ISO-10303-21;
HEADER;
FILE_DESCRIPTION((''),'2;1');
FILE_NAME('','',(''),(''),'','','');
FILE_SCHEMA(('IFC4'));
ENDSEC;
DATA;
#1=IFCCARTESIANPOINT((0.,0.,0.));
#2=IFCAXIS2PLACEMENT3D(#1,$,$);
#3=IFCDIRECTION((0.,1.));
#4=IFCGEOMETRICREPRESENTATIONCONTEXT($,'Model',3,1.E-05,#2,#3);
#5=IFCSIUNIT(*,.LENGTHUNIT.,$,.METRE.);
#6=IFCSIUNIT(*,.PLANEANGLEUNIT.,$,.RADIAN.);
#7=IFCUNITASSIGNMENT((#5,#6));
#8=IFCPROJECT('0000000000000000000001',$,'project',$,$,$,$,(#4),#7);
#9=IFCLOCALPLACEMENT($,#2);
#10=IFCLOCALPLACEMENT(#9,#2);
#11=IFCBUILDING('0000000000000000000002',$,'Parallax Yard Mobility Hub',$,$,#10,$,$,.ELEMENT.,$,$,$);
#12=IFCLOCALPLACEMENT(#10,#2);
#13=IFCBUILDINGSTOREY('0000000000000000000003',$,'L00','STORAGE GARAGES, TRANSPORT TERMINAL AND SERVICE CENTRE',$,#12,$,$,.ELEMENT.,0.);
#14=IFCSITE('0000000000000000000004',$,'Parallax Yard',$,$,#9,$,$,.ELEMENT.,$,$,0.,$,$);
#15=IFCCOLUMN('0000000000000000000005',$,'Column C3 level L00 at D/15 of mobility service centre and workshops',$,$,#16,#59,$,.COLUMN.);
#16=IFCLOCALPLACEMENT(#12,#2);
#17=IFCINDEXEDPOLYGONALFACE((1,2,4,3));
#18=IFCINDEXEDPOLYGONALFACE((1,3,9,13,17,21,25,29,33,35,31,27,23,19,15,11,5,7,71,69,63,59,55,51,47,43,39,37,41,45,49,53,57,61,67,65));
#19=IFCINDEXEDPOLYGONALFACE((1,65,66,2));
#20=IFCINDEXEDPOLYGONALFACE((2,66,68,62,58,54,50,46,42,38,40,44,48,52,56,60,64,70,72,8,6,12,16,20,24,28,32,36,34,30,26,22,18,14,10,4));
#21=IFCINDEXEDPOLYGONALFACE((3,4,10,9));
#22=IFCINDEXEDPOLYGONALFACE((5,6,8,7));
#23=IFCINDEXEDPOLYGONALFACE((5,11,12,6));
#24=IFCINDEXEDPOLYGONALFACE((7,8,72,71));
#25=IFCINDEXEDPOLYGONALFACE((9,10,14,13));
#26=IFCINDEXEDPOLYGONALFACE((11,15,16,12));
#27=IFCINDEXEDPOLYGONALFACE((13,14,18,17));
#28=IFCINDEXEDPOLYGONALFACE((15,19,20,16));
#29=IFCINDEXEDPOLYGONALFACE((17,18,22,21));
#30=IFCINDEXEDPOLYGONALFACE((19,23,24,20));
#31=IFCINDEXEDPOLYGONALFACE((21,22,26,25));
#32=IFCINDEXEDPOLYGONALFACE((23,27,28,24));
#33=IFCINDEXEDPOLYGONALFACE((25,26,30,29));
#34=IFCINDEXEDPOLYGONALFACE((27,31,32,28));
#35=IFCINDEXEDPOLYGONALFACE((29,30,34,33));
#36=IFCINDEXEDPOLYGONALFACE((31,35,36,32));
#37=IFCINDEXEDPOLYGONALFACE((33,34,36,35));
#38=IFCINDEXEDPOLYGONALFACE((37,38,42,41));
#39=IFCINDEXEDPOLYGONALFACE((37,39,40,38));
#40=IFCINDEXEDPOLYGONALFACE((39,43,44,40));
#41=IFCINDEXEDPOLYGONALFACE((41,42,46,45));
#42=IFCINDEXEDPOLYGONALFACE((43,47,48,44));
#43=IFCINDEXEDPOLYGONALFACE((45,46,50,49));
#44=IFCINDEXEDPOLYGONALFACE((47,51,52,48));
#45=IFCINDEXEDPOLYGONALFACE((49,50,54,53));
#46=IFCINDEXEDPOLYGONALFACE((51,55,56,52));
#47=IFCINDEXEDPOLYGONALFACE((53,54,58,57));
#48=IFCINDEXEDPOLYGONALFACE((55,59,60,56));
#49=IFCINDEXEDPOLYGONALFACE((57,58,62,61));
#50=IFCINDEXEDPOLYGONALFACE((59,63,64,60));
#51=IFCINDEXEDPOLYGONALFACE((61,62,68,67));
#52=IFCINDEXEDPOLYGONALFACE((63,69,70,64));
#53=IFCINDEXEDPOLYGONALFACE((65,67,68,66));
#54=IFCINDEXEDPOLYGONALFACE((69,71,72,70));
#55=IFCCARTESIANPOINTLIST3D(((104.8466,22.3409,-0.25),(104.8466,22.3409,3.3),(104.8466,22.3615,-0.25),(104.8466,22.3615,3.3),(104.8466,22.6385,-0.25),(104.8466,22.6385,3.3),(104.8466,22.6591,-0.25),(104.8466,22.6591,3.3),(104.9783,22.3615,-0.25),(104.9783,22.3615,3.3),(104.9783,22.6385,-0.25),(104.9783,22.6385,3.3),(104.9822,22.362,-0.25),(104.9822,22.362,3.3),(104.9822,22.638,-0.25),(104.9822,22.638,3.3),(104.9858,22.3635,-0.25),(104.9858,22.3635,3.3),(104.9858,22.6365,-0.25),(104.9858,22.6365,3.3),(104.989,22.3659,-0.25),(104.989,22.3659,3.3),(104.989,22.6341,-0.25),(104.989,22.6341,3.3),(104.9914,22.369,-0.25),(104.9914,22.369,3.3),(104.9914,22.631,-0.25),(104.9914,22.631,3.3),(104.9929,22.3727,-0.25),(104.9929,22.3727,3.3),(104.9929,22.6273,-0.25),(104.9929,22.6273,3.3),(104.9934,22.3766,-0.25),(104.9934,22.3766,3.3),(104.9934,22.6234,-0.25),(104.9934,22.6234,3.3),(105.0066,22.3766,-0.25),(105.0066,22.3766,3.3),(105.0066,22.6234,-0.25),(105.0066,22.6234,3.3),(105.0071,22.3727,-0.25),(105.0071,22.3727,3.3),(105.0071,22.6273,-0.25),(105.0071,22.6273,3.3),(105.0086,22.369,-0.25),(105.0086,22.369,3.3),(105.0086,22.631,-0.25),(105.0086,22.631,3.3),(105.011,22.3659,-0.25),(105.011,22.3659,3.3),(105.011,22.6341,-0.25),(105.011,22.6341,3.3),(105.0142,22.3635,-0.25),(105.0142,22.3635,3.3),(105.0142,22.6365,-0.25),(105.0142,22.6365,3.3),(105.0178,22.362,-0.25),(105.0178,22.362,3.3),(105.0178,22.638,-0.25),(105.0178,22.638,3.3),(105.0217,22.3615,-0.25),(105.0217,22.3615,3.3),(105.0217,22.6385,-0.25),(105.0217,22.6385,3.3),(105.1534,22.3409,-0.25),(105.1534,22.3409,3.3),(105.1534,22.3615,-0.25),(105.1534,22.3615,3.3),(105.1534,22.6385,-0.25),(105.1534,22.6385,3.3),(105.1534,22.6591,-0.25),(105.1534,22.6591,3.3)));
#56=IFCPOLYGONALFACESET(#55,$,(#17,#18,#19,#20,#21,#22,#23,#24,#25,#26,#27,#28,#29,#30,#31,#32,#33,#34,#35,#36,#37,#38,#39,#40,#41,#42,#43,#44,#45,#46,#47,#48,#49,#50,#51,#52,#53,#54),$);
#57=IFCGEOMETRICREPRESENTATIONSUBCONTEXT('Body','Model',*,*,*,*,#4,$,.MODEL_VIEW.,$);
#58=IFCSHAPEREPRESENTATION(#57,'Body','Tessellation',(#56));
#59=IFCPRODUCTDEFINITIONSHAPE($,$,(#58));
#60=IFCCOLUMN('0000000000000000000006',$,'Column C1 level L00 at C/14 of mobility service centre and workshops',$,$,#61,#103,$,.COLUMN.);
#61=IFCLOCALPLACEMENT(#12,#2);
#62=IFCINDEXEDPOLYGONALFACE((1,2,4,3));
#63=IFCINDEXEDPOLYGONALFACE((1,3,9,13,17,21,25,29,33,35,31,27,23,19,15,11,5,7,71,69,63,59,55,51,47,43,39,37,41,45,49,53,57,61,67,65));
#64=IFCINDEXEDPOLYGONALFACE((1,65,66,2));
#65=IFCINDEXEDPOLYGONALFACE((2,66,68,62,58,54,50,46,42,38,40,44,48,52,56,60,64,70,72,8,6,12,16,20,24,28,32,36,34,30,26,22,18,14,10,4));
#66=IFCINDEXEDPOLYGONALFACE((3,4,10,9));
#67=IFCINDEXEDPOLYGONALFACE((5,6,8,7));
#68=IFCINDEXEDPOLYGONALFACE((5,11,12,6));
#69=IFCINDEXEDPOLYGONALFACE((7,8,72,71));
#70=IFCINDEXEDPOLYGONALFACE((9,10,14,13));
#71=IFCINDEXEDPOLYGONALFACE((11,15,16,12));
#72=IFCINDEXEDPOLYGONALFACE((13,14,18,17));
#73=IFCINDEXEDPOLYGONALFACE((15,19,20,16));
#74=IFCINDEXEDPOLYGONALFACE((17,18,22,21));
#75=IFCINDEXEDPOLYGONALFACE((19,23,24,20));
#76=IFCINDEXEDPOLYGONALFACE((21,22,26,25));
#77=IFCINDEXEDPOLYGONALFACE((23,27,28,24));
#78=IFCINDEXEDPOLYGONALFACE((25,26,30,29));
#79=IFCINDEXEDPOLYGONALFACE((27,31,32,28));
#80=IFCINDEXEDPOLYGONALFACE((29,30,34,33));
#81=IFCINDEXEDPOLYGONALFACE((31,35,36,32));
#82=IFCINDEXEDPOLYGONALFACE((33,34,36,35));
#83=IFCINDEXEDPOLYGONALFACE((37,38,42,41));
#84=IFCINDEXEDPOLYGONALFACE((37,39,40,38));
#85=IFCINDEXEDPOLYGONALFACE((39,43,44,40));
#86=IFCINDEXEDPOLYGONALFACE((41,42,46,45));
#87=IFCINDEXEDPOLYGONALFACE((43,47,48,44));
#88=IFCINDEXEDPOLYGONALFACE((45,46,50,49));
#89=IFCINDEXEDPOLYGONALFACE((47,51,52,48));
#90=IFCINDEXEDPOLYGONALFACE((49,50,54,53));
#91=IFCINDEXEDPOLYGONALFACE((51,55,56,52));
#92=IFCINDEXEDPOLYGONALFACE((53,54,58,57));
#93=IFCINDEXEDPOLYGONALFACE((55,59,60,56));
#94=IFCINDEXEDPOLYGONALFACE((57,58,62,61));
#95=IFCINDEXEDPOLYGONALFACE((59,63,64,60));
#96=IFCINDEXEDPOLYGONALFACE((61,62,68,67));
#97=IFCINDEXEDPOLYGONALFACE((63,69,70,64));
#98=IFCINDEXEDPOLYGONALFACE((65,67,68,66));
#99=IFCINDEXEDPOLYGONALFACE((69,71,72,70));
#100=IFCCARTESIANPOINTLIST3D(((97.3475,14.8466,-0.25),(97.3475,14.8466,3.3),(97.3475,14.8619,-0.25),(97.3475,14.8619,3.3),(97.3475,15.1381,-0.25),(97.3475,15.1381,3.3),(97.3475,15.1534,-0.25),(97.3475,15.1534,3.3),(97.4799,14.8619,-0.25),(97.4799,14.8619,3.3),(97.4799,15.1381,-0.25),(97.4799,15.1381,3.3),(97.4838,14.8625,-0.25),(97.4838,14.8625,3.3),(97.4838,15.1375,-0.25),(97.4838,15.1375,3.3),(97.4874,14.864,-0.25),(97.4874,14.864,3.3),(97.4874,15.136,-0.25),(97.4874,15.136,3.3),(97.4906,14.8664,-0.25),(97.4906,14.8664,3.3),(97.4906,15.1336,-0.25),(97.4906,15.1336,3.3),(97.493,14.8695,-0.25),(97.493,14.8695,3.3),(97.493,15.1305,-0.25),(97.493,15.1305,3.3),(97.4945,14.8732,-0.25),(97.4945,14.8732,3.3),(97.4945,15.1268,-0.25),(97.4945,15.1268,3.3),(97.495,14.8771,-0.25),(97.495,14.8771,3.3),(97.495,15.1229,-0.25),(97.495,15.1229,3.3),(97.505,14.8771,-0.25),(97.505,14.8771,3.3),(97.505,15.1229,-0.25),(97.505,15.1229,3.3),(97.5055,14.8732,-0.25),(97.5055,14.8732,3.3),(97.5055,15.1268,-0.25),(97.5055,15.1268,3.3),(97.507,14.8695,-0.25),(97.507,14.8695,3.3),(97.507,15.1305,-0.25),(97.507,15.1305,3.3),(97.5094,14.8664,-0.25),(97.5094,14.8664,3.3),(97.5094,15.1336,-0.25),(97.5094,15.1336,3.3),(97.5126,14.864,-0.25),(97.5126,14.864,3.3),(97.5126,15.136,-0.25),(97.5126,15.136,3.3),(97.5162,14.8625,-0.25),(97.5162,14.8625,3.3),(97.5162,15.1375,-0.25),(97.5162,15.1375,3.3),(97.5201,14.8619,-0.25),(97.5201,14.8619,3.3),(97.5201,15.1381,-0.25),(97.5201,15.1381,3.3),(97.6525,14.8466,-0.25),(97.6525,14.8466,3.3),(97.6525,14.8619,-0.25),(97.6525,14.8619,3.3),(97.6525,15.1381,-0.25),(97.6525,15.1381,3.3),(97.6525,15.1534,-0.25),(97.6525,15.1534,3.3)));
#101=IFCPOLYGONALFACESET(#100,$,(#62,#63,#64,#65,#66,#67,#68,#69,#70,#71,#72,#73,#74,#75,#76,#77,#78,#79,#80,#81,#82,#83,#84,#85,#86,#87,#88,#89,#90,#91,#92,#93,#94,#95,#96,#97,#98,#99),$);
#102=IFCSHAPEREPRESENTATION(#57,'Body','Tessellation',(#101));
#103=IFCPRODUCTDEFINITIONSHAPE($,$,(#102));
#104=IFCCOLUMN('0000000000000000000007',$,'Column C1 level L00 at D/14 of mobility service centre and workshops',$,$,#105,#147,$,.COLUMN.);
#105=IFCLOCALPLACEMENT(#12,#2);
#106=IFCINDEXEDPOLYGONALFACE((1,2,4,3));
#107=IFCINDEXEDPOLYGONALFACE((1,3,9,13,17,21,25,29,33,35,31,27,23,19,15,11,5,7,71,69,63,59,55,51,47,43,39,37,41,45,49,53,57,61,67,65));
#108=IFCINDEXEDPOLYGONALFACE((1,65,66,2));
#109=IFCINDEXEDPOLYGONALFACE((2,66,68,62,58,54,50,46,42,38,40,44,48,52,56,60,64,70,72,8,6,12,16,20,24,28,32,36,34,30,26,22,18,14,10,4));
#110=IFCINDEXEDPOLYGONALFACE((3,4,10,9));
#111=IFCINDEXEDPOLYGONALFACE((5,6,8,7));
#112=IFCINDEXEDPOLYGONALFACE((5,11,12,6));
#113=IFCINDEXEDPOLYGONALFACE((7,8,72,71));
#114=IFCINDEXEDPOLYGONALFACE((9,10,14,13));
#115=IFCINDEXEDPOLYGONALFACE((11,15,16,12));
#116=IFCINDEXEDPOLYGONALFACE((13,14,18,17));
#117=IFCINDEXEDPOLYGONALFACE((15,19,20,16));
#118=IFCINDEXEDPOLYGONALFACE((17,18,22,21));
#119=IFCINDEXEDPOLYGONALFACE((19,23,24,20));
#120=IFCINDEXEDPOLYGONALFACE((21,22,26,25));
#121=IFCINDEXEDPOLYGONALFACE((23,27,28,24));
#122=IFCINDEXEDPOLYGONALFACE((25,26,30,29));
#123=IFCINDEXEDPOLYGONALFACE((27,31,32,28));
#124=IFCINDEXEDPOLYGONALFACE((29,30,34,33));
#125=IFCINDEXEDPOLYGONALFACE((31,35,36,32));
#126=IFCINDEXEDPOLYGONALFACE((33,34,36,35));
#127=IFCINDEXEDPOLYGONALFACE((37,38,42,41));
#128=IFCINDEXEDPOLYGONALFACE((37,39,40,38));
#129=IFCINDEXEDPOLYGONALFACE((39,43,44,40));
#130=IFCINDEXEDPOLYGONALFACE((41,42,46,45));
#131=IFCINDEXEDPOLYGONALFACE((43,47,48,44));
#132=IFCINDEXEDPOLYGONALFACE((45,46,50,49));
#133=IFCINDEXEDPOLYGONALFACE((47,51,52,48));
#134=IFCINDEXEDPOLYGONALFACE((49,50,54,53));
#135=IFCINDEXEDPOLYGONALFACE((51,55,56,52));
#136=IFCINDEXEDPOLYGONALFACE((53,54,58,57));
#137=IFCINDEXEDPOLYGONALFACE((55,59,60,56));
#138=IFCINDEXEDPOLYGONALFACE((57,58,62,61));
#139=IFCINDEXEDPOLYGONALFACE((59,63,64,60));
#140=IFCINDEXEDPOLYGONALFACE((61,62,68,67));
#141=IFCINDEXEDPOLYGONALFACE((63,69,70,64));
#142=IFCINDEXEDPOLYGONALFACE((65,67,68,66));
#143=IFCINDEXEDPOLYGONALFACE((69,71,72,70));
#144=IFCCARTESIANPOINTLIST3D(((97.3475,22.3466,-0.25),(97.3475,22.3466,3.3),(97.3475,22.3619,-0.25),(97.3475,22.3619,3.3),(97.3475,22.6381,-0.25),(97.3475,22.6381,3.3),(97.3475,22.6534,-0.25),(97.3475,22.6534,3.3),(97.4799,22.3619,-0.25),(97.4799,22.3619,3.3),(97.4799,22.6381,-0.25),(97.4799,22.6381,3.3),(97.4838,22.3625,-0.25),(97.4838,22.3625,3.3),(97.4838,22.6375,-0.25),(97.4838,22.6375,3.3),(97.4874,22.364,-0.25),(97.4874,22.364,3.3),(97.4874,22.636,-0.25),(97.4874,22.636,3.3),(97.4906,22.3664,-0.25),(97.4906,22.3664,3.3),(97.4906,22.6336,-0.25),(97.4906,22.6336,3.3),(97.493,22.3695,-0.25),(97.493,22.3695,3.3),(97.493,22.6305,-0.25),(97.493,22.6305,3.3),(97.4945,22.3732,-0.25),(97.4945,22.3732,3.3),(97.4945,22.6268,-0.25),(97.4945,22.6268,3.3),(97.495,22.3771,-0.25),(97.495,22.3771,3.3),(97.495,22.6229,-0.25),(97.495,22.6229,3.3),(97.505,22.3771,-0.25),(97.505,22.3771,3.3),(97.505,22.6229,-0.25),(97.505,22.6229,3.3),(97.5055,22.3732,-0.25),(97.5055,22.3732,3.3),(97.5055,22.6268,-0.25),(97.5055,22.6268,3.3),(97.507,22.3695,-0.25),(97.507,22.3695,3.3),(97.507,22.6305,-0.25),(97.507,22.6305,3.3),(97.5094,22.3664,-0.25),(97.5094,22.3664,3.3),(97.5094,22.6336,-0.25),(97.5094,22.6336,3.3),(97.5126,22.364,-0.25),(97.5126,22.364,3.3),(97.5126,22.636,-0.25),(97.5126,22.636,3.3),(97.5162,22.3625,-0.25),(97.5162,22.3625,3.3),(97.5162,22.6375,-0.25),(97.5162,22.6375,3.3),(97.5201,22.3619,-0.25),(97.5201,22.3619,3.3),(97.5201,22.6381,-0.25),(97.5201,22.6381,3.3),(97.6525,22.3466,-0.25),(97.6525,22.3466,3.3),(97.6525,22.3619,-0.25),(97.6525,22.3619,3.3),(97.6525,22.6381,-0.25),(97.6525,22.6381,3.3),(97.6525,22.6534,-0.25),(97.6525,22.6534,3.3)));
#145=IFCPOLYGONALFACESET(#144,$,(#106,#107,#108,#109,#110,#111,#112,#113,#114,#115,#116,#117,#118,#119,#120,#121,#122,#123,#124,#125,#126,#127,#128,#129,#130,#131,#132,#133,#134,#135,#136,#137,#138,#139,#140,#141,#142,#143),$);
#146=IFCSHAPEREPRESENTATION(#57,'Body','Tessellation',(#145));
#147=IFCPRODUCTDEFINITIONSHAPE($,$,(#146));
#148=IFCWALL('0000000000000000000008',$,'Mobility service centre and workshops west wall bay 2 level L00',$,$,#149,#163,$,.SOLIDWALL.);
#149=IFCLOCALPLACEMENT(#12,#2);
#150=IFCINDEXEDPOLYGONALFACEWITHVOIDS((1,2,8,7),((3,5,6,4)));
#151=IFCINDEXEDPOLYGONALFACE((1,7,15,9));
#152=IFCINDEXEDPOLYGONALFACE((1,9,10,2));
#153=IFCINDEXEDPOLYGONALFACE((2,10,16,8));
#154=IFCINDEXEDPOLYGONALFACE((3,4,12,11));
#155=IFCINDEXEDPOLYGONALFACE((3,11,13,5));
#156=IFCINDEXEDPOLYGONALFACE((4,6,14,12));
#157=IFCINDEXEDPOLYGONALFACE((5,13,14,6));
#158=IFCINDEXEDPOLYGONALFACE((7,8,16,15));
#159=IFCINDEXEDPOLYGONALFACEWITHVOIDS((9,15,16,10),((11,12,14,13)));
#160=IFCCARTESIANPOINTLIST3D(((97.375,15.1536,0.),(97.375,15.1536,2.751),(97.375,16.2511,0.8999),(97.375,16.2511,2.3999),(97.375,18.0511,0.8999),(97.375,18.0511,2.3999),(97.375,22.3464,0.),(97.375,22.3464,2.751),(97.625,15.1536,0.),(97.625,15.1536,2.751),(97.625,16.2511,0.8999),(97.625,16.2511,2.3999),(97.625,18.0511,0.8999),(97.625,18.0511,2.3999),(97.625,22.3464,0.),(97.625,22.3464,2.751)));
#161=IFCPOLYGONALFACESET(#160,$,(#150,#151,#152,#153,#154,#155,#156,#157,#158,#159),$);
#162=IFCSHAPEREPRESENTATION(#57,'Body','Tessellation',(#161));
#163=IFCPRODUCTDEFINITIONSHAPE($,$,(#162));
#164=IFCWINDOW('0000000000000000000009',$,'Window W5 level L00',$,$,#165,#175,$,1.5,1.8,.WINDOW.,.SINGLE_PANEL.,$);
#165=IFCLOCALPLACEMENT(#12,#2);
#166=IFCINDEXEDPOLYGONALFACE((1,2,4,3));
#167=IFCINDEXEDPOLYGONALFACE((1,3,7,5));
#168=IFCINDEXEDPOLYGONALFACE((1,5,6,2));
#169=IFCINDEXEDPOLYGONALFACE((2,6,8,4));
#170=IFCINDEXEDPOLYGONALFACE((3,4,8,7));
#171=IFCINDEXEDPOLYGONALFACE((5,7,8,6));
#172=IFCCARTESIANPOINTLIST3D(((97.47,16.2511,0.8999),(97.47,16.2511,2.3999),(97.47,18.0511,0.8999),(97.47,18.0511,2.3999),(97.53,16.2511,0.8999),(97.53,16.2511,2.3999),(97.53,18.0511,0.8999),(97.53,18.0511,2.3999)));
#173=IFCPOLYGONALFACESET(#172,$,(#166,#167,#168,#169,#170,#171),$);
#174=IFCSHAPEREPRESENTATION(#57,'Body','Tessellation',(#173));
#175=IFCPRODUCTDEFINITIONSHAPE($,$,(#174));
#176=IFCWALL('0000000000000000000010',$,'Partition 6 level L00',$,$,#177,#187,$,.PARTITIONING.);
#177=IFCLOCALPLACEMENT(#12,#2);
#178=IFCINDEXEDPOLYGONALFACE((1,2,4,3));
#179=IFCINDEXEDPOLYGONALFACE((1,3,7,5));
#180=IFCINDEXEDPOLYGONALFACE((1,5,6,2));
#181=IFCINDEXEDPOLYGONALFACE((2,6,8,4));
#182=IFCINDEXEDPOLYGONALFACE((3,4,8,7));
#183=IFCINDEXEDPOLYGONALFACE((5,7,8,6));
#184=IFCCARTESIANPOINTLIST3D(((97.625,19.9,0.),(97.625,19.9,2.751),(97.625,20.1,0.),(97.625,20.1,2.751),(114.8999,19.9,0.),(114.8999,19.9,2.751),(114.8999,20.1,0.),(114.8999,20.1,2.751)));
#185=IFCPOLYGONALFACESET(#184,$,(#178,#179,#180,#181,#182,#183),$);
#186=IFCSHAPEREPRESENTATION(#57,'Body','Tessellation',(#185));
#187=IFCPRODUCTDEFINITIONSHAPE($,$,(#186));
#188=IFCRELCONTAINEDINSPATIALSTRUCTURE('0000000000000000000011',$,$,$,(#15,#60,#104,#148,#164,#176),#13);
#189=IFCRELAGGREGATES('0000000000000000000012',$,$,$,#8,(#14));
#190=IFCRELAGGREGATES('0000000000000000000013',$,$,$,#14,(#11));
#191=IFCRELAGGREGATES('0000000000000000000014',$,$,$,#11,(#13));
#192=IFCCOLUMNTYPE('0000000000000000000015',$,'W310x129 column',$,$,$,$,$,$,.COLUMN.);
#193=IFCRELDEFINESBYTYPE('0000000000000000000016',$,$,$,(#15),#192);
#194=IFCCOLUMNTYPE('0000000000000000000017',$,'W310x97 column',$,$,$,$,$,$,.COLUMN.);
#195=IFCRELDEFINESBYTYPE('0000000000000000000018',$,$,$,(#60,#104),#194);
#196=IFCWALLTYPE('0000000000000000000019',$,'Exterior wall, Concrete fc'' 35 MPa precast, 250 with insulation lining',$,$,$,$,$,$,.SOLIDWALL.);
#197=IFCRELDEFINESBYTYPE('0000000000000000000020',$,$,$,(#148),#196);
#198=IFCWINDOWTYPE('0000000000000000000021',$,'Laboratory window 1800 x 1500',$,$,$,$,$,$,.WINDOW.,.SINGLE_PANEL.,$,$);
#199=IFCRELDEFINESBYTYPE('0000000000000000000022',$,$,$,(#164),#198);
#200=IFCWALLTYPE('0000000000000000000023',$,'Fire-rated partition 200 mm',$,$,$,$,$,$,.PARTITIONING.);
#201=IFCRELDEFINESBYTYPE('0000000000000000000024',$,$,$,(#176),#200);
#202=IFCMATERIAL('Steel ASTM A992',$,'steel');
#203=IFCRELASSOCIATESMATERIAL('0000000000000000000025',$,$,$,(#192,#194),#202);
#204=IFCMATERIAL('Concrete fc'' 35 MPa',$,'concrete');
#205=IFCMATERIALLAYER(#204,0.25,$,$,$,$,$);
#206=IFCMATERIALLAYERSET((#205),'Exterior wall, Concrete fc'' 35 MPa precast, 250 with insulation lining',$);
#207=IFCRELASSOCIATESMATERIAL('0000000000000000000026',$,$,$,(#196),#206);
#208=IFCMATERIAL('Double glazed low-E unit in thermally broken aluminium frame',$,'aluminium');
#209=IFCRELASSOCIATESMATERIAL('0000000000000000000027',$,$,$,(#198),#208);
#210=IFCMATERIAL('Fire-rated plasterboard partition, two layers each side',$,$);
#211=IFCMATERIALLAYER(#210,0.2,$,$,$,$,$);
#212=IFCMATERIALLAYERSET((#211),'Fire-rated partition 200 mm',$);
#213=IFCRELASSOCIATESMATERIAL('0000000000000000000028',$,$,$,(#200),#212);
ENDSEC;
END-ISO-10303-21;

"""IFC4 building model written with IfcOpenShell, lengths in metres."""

from ifc_helpers import new_model, si_unit, direction, frame, frame_2d, origin, origin_2d, place, context, subcontext, project, spatial, rectangle, i_section, extrude, material, layer, layer_set, material_profile, profile_set, type_object, element, fill, save


model = new_model("IFC4")

# Units and contexts
model_context = context("Model", 3, precision=1e-05, world=origin(), true_north=direction((0.0, 1.0)))
body_context = subcontext(model_context, "Body", "Model", "MODEL_VIEW")
ifc_project = project(units=[si_unit("LENGTHUNIT", "METRE"), si_unit("PLANEANGLEUNIT", "RADIAN")], contexts=[model_context])

# Site, building, storey
site_placement = place(None, origin())
site = spatial("IfcSite", under=ifc_project, at=site_placement, Name="Parallax Yard", CompositionType="ELEMENT", RefElevation=0.0)
building_placement = place(site_placement, origin())
building = spatial("IfcBuilding", under=site, at=building_placement, Name="Parallax Yard Mobility Hub", CompositionType="ELEMENT")
storey_placement = place(building_placement, origin())
storey = spatial("IfcBuildingStorey", under=building, at=storey_placement, Name="L00", Description="STORAGE GARAGES, TRANSPORT TERMINAL AND SERVICE CENTRE", CompositionType="ELEMENT", Elevation=0.0)

# Columns
ifc_material_1 = material(Name="Steel ASTM A992", Category="steel")
ifc_material_profile_1 = material_profile(ifc_material_1, i_section(OverallWidth=0.3069, OverallDepth=0.3181, WebThickness=0.0132, FlangeThickness=0.0205, FilletRadius=0.0151, at=origin_2d()), Name="W310x129")
ifc_profile_set_1 = profile_set([ifc_material_profile_1], Name="Steel ASTM A992")
column_type_1 = type_object("IfcColumnType", Name="W310x129 column", PredefinedType="COLUMN", material=ifc_profile_set_1)
for number, where, z_axis, x_axis, name in (
    (1, (105.0, 22.5, -0.25), (0.0, 0.0, 1.0), (1.0, 0.0, 0.0), "Column C3 level L00 at D/15 of mobility service centre and workshops"),
):
    element("IfcColumn", number, at=place(storey_placement, frame(where, z_axis=z_axis, x_axis=x_axis)), inside=storey, type_object=column_type_1, Name=name, PredefinedType="COLUMN", context=body_context, shape_type="SweptSolid", body=[
        extrude(i_section(OverallWidth=0.3069, OverallDepth=0.3181, WebThickness=0.0132, FlangeThickness=0.0205, FilletRadius=0.0151, at=origin_2d()), origin(), (0.0, 0.0, 1.0), 3.55),
    ])
ifc_material_profile_2 = material_profile(ifc_material_1, i_section(OverallWidth=0.3049, OverallDepth=0.3069, WebThickness=0.01, FlangeThickness=0.0154, FilletRadius=0.0151, at=origin_2d()), Name="W310x97")
ifc_profile_set_2 = profile_set([ifc_material_profile_2], Name="Steel ASTM A992")
column_type_2 = type_object("IfcColumnType", Name="W310x97 column", PredefinedType="COLUMN", material=ifc_profile_set_2)
for number, where, z_axis, x_axis, name in (
    (2, (97.5, 15.0, -0.25), (0.0, 0.0, 1.0), (1.0, 0.0, 0.0), "Column C1 level L00 at C/14 of mobility service centre and workshops"),
    (3, (97.5, 22.5, -0.25), (0.0, 0.0, 1.0), (1.0, 0.0, 0.0), "Column C1 level L00 at D/14 of mobility service centre and workshops"),
):
    element("IfcColumn", number, at=place(storey_placement, frame(where, z_axis=z_axis, x_axis=x_axis)), inside=storey, type_object=column_type_2, Name=name, PredefinedType="COLUMN", context=body_context, shape_type="SweptSolid", body=[
        extrude(i_section(OverallWidth=0.3049, OverallDepth=0.3069, WebThickness=0.01, FlangeThickness=0.0154, FilletRadius=0.0151, at=origin_2d()), origin(), (0.0, 0.0, 1.0), 3.55),
    ])

# Wall, opening, window
ifc_material_2 = material(Name="Concrete fc' 35 MPa", Category="concrete")
ifc_layer_1 = layer(ifc_material_2, 0.25)
ifc_layer_set_1 = layer_set([ifc_layer_1], Name="Exterior wall, Concrete fc' 35 MPa precast, 250 with insulation lining")
wall_type_1 = type_object("IfcWallType", Name="Exterior wall, Concrete fc' 35 MPa precast, 250 with insulation lining", PredefinedType="SOLIDWALL", material=ifc_layer_set_1)
wall_1_placement = place(storey_placement, frame((97.5, 15.1536, 0.0), z_axis=(0.0, 0.0, 1.0), x_axis=(0.0, 1.0, 0.0)))
wall_1 = element("IfcWall", 4, at=wall_1_placement, inside=storey, type_object=wall_type_1, Name="Mobility service centre and workshops west wall bay 2 level L00", PredefinedType="SOLIDWALL", context=body_context, shape_type="SweptSolid", body=[
    extrude(rectangle(XDim=7.1929, YDim=0.25, at=frame_2d((3.5964, 0.0))), origin(), (0.0, 0.0, 1.0), 2.751),
])
opening_1_placement = place(wall_1_placement, frame((1.0977, 0.0, 0.8999)))
opening_1 = element("IfcOpeningElement", 5, at=opening_1_placement, cuts=wall_1, PredefinedType="OPENING", context=body_context, shape_type="SweptSolid", body=[
    extrude(rectangle(XDim=1.8, YDim=1.5, at=frame_2d((0.8999, 0.75))), frame((0.0, 0.135, 0.0), z_axis=(0.0, -1.0, 0.0), x_axis=(1.0, 0.0, 0.0)), (0.0, 0.0, 1.0), 0.27),
])
ifc_material_3 = material(Name="Double glazed low-E unit in thermally broken aluminium frame", Category="aluminium")
window_type = type_object("IfcWindowType", Name="Laboratory window 1800 x 1500", PartitioningType="SINGLE_PANEL", PredefinedType="WINDOW", material=ifc_material_3)
window_placement = place(opening_1_placement, origin())
window = element("IfcWindow", 6, at=window_placement, inside=storey, type_object=window_type, Name="Window W5 level L00", OverallHeight=1.5, OverallWidth=1.8, PartitioningType="SINGLE_PANEL", PredefinedType="WINDOW", context=body_context, shape_type="SweptSolid", body=[
    extrude(rectangle(XDim=1.8, YDim=1.5, at=frame_2d((0.8999, 0.75))), frame((0.0, 0.03, 0.0), z_axis=(0.0, -1.0, 0.0), x_axis=(1.0, 0.0, 0.0)), (0.0, 0.0, 1.0), 0.0601),
])
fill(opening_1, window)

# Wall
ifc_material_4 = material(Name="Fire-rated plasterboard partition, two layers each side")
ifc_layer_2 = layer(ifc_material_4, 0.2)
ifc_layer_set_2 = layer_set([ifc_layer_2], Name="Fire-rated partition 200 mm")
wall_type_2 = type_object("IfcWallType", Name="Fire-rated partition 200 mm", PredefinedType="PARTITIONING", material=ifc_layer_set_2)
wall_2_placement = place(storey_placement, frame((97.625, 20.0, 0.0), z_axis=(0.0, 0.0, 1.0), x_axis=(1.0, 0.0, 0.0)))
element("IfcWall", 7, at=wall_2_placement, inside=storey, type_object=wall_type_2, Name="Partition 6 level L00", PredefinedType="PARTITIONING", context=body_context, shape_type="SweptSolid", body=[
    extrude(rectangle(XDim=17.2749, YDim=0.2, at=frame_2d((8.6375, 0.0))), origin(), (0.0, 0.0, 1.0), 2.751),
])

save(model, "model.ifc")
